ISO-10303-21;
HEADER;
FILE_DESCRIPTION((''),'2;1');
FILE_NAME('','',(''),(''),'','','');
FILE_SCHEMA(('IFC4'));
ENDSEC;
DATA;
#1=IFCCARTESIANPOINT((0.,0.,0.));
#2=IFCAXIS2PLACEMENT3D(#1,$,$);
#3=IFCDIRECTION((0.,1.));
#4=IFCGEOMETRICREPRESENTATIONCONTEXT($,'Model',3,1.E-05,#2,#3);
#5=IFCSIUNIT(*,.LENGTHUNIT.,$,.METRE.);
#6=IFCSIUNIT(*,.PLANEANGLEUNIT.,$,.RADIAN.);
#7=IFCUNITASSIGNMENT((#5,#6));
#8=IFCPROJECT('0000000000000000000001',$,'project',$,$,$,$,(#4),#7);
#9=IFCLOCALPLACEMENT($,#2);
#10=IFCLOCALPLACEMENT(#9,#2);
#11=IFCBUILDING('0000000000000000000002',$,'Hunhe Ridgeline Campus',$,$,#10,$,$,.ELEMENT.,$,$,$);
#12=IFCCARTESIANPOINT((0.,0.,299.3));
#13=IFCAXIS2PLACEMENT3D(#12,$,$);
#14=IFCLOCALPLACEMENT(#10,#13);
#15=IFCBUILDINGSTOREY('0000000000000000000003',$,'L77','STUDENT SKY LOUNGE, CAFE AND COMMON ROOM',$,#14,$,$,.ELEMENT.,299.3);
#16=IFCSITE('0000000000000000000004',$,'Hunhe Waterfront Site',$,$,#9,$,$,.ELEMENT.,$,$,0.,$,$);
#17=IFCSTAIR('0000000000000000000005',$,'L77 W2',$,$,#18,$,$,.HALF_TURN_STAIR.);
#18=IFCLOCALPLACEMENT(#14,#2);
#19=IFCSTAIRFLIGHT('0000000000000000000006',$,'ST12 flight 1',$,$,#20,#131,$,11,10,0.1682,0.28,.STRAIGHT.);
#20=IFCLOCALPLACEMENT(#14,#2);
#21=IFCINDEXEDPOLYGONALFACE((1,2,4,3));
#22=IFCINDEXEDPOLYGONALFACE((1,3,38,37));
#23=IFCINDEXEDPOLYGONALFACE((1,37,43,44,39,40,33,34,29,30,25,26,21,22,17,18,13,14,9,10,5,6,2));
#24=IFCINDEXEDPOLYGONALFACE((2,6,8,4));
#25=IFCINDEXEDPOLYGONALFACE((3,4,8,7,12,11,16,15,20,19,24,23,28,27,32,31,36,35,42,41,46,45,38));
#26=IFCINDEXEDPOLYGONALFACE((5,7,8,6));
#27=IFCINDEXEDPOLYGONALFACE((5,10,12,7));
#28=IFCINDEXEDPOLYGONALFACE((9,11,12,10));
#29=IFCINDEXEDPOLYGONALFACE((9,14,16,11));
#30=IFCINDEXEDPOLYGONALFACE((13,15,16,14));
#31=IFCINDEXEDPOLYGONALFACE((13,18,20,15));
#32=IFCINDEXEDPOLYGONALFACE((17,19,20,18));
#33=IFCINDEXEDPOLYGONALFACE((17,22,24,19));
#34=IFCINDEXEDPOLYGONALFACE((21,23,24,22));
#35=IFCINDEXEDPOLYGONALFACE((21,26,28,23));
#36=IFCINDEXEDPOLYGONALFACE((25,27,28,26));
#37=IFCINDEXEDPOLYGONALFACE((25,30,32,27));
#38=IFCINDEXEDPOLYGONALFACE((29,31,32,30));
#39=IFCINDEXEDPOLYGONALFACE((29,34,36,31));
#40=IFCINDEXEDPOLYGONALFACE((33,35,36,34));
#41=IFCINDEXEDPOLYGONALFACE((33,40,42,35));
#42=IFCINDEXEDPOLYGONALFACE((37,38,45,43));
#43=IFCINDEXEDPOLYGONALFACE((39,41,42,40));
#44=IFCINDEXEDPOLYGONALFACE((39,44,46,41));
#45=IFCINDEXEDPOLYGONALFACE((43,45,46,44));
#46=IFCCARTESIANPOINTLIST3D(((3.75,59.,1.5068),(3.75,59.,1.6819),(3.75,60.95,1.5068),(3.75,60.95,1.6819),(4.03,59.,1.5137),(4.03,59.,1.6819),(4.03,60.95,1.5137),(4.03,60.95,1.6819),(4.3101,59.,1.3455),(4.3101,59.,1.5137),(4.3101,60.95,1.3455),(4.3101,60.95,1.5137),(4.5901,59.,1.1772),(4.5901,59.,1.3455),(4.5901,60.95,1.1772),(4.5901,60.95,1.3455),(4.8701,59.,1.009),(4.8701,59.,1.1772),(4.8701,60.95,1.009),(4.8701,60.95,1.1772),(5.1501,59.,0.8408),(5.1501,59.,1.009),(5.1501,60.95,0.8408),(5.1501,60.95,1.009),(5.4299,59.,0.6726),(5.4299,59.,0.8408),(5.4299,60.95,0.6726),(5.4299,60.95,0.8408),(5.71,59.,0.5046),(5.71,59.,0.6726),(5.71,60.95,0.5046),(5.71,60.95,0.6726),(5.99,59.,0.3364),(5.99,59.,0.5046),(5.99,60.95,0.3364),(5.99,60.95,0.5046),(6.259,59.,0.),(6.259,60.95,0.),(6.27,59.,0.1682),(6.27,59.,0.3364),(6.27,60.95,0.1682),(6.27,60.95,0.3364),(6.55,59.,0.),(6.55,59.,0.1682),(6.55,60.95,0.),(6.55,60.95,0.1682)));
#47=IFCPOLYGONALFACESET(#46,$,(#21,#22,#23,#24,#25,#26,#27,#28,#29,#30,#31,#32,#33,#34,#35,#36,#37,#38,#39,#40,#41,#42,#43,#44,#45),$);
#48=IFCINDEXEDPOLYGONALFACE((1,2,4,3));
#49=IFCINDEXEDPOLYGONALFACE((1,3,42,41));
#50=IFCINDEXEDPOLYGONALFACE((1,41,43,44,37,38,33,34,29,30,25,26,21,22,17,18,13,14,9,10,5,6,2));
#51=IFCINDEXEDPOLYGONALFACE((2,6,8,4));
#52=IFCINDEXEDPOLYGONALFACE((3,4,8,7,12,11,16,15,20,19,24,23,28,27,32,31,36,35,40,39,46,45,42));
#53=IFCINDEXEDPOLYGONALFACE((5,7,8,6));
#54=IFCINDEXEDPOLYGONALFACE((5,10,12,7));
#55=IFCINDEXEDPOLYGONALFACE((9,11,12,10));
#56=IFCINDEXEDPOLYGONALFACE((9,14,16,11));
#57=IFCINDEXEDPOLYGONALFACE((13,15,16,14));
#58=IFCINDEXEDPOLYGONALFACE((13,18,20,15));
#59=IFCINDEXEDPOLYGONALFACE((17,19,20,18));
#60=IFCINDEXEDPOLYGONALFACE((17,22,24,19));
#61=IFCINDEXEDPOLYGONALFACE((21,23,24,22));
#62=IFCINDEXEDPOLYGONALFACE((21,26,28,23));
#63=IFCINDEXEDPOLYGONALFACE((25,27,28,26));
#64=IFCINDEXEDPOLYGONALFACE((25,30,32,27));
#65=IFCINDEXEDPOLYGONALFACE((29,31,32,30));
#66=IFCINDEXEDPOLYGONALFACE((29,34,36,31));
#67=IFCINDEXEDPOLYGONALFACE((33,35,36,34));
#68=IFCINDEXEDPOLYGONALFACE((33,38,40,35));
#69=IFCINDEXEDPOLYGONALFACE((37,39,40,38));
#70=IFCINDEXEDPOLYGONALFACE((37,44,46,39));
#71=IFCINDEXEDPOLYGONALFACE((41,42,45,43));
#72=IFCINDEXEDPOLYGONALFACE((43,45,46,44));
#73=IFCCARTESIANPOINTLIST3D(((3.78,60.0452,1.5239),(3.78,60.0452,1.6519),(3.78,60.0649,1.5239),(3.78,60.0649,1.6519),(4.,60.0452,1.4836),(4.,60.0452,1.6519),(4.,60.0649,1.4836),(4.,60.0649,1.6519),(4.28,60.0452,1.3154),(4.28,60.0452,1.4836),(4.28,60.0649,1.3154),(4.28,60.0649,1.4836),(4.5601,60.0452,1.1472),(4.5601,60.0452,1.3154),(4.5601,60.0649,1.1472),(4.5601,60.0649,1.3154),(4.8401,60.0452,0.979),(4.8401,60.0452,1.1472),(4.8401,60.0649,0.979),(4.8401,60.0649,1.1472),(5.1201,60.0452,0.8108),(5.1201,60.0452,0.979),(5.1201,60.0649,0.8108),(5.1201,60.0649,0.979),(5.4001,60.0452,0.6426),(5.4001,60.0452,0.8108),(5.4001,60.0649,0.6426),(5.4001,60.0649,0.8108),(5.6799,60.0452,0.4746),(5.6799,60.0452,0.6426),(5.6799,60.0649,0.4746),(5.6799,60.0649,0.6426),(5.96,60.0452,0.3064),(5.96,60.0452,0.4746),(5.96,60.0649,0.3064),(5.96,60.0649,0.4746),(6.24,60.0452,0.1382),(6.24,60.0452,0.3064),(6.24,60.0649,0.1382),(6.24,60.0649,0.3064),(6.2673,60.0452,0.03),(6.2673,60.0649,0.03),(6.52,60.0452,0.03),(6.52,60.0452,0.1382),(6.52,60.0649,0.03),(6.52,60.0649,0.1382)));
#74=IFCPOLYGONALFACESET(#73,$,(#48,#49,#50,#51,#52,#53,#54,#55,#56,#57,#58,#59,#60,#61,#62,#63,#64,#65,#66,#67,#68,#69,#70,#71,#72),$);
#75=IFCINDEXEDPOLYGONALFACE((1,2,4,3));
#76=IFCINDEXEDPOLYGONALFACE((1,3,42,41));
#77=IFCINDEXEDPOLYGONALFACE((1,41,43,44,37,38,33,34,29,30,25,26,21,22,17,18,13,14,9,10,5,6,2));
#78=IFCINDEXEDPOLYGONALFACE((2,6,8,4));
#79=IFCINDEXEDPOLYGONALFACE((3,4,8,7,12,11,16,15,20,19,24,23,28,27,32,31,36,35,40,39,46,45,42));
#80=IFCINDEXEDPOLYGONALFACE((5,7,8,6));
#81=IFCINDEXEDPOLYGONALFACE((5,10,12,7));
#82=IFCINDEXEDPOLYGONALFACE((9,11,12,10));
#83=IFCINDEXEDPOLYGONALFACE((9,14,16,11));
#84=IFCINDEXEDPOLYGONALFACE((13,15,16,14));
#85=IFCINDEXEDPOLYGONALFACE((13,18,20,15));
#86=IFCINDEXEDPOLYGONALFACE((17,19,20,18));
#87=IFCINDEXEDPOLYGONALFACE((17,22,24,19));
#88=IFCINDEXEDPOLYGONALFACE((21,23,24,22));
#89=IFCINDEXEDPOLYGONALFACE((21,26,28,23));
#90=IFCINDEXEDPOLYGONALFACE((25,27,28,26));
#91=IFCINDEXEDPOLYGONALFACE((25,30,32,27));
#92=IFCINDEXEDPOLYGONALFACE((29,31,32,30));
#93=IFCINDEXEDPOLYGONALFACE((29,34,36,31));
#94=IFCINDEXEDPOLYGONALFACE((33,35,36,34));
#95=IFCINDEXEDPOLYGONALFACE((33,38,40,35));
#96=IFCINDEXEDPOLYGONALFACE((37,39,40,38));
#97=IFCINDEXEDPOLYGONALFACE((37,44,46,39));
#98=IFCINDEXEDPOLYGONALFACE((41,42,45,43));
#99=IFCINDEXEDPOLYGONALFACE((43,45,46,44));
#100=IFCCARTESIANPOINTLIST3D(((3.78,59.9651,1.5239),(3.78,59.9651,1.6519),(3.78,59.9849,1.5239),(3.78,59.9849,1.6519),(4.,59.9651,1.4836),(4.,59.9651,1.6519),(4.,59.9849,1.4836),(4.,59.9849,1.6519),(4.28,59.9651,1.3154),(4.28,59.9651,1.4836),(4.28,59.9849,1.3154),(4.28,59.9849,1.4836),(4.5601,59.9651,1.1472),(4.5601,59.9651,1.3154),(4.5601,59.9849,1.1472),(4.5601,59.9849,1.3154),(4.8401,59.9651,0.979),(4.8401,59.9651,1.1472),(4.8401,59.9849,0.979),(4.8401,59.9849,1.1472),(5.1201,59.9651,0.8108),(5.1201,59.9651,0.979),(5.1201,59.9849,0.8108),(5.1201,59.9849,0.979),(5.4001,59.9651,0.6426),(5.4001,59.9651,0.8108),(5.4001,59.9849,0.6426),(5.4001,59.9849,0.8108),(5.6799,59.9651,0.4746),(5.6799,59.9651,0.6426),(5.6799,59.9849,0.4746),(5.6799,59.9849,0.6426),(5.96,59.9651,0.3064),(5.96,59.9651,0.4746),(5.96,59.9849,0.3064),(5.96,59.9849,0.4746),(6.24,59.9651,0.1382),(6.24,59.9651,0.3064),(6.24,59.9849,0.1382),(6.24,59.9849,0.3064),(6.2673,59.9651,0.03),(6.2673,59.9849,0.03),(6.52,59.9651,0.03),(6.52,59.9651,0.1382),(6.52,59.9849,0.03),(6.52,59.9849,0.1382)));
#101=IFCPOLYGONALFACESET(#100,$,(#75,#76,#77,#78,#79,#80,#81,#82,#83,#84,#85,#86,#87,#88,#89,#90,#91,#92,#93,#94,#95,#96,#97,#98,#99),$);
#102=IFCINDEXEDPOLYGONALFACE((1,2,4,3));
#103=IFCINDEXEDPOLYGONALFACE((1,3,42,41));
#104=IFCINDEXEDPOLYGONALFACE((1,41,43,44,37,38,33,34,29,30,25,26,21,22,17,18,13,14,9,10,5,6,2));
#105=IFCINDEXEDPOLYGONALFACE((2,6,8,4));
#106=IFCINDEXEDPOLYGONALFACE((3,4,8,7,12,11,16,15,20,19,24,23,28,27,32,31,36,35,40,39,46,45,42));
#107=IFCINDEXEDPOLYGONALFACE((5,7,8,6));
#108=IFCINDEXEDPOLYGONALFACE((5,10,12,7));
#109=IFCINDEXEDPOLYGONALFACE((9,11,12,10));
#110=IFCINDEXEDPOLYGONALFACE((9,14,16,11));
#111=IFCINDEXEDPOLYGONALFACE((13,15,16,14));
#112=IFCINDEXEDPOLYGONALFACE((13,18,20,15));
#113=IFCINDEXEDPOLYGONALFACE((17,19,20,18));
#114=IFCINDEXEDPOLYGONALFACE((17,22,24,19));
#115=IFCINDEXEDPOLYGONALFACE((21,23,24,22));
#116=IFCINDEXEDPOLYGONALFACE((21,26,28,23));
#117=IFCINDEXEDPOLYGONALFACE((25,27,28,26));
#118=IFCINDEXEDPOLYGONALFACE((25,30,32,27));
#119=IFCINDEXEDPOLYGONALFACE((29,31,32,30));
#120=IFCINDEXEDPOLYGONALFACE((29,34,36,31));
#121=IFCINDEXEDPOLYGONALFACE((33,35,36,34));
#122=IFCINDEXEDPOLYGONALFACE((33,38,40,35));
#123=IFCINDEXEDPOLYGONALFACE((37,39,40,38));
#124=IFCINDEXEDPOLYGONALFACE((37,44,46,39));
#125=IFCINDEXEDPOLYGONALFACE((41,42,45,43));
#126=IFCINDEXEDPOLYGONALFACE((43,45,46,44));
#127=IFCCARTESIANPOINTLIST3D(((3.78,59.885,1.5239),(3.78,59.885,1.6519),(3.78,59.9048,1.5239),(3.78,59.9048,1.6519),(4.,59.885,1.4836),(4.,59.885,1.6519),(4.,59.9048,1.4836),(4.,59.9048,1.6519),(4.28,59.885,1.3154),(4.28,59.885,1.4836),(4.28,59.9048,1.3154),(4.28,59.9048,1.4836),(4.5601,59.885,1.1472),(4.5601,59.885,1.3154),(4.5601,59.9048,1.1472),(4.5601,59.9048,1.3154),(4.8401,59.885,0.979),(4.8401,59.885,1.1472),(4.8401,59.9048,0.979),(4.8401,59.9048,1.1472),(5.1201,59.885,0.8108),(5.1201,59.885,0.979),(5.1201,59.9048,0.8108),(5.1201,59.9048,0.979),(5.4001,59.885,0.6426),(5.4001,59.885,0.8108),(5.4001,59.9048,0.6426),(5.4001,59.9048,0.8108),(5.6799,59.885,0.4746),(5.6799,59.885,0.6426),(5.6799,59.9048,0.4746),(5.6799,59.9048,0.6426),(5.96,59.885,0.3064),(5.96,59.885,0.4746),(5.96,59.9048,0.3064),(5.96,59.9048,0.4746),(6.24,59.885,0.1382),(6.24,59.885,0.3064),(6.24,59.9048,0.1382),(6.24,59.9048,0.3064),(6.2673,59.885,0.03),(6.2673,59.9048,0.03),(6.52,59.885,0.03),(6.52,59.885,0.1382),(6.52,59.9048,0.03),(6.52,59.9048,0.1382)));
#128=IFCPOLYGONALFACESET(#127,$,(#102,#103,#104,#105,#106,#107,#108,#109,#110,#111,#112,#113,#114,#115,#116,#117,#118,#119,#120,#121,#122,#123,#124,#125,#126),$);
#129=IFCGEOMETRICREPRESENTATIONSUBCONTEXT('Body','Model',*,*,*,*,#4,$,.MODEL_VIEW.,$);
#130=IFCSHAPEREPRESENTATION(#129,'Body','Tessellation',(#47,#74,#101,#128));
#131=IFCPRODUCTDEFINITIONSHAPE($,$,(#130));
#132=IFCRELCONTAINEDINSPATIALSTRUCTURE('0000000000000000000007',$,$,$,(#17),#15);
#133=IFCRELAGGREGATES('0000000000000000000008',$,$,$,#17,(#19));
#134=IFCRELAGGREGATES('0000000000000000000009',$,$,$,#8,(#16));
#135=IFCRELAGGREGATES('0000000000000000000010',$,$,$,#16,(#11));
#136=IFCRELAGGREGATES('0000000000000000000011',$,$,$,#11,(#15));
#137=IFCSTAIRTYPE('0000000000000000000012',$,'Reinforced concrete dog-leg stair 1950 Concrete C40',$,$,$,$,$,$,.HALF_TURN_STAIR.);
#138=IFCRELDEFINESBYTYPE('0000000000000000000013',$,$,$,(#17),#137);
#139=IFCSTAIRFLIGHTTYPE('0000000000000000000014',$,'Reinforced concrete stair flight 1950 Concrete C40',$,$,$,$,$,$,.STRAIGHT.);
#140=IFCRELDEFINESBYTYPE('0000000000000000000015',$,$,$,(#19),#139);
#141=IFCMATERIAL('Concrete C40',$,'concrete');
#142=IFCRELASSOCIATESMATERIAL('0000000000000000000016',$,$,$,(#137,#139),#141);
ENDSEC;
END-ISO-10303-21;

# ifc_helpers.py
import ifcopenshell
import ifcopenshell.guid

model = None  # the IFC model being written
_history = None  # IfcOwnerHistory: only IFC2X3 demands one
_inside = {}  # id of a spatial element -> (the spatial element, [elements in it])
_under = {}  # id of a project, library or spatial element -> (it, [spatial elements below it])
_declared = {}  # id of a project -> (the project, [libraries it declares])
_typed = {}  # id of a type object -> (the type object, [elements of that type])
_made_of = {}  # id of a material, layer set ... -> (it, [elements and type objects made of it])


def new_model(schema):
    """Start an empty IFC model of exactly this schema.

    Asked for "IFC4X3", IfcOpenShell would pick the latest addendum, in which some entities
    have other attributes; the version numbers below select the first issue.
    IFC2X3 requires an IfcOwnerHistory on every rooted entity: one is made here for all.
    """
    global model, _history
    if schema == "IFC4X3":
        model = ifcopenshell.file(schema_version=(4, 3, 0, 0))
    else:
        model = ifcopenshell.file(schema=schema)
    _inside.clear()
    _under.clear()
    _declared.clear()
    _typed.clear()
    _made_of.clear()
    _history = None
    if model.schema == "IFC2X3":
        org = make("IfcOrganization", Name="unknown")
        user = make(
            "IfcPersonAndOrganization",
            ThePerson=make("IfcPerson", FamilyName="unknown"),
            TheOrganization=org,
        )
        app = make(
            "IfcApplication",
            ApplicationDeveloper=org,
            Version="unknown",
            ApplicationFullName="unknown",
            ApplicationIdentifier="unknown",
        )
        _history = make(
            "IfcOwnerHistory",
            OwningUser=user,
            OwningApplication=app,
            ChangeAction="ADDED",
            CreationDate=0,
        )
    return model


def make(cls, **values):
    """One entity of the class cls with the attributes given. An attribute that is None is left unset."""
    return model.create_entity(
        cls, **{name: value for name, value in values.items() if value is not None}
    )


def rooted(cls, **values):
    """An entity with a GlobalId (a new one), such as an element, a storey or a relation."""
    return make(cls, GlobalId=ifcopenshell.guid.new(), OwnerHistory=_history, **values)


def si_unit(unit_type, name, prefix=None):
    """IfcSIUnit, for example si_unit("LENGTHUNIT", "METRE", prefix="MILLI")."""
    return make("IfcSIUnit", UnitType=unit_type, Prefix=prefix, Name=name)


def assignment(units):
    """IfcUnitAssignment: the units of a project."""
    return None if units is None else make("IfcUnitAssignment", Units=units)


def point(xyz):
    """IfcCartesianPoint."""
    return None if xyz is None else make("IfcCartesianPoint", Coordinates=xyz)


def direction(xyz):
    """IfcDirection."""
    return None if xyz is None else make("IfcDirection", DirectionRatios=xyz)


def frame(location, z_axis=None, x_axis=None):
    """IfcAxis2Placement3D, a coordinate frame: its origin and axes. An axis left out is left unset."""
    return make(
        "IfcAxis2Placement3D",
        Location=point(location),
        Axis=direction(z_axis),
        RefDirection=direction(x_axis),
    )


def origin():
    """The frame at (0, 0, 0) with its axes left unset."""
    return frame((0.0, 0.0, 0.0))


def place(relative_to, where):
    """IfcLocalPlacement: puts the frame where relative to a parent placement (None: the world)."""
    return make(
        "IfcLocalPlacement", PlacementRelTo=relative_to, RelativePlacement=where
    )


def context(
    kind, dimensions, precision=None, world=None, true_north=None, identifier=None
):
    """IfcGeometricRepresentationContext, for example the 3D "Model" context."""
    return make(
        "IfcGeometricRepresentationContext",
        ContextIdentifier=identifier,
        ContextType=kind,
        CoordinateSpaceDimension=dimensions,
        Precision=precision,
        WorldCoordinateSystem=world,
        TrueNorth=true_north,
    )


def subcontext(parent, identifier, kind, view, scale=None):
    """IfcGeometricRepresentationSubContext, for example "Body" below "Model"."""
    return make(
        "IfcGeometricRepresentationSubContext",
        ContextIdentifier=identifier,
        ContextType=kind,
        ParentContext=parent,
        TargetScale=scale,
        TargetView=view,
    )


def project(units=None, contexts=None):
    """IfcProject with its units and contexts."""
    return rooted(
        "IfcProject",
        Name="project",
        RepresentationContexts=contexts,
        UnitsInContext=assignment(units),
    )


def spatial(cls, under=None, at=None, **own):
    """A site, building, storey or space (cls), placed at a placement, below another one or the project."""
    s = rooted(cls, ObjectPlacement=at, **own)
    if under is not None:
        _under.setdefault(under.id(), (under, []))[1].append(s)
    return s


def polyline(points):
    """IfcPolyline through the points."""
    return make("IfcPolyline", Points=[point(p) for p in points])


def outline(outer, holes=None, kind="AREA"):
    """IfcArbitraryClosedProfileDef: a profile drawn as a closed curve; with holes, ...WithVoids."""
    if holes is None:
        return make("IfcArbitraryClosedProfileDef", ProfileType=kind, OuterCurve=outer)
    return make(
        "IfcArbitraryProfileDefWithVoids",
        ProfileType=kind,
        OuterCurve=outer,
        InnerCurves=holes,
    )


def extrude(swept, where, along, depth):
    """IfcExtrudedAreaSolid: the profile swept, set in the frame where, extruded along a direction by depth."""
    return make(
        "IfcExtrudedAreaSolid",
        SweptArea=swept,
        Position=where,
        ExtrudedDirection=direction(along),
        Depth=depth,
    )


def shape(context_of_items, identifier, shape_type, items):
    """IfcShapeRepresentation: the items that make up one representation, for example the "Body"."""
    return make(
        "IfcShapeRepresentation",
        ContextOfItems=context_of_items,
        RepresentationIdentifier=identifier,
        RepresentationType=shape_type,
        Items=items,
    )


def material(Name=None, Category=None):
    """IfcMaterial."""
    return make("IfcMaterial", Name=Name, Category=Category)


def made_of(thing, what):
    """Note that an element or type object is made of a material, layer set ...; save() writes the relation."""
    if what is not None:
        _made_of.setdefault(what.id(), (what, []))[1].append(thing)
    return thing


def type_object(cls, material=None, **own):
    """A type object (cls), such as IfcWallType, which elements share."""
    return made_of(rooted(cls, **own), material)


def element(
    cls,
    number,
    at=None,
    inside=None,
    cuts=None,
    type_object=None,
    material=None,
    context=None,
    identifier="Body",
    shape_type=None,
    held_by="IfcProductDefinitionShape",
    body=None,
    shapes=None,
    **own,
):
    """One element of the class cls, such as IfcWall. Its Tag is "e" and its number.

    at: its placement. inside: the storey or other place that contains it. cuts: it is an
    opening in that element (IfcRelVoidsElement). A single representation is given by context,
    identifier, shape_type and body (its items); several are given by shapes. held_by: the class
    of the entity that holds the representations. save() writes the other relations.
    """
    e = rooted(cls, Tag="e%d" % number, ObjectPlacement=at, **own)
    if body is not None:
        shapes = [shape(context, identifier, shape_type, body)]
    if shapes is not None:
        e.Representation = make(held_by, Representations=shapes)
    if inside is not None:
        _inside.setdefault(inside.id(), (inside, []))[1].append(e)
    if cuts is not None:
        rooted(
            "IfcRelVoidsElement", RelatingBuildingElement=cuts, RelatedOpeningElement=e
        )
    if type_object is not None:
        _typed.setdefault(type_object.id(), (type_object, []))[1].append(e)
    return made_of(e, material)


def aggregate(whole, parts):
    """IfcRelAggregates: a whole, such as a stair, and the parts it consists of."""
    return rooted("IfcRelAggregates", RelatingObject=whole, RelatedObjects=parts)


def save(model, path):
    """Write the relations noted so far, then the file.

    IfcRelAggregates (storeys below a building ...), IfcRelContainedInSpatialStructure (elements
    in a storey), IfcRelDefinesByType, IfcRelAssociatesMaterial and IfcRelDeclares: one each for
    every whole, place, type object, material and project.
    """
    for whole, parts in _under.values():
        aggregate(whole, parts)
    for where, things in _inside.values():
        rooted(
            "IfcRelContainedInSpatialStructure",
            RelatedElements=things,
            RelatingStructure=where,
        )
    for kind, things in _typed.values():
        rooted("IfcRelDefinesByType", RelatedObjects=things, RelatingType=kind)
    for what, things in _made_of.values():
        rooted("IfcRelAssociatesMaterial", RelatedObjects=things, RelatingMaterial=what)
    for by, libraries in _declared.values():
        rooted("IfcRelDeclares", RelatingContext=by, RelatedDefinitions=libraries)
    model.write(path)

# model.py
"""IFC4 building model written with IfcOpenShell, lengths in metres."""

from ifc_helpers import new_model, si_unit, direction, frame, origin, place, context, subcontext, project, spatial, polyline, outline, extrude, material, type_object, element, aggregate, save


model = new_model("IFC4")

# Units and contexts
model_context = context("Model", 3, precision=1e-05, world=origin(), true_north=direction((0.0, 1.0)))
body_context = subcontext(model_context, "Body", "Model", "MODEL_VIEW")
ifc_project = project(units=[si_unit("LENGTHUNIT", "METRE"), si_unit("PLANEANGLEUNIT", "RADIAN")], contexts=[model_context])

# Site, building, storey
site_placement = place(None, origin())
site = spatial("IfcSite", under=ifc_project, at=site_placement, Name="Hunhe Waterfront Site", CompositionType="ELEMENT", RefElevation=0.0)
building_placement = place(site_placement, origin())
building = spatial("IfcBuilding", under=site, at=building_placement, Name="Hunhe Ridgeline Campus", CompositionType="ELEMENT")
storey_placement = place(building_placement, frame((0.0, 0.0, 299.3)))
storey = spatial("IfcBuildingStorey", under=building, at=storey_placement, Name="L77", Description="STUDENT SKY LOUNGE, CAFE AND COMMON ROOM", CompositionType="ELEMENT", Elevation=299.3)

# Shared definitions
ifc_material_1 = material(Name="Concrete C40", Category="concrete")
stair_type = type_object("IfcStairType", Name="Reinforced concrete dog-leg stair 1950 Concrete C40", PredefinedType="HALF_TURN_STAIR", material=ifc_material_1)
stair_flight_type = type_object("IfcStairFlightType", Name="Reinforced concrete stair flight 1950 Concrete C40", PredefinedType="STRAIGHT", material=ifc_material_1)

# Stair, stair flight
stair_1_placement = place(storey_placement, origin())
stair_1 = element("IfcStair", 1, at=stair_1_placement, inside=storey, type_object=stair_type, Name="L77 W2", PredefinedType="HALF_TURN_STAIR")
stair_flight_1_placement = place(storey_placement, frame((6.55, 59.9751, 0.0), z_axis=(0.0, 0.0, 1.0), x_axis=(-1.0, 0.0, 0.0)))
stair_flight_1 = element("IfcStairFlight", 2, at=stair_flight_1_placement, type_object=stair_flight_type, Name="ST12 flight 1", NumberOfRisers=11, NumberOfTreads=10, PredefinedType="STRAIGHT", RiserHeight=0.1682, TreadLength=0.28, context=body_context, shape_type="SweptSolid", body=[
    extrude(outline(polyline([(0.0, 0.0), (0.0, 0.1682), (0.28, 0.1682), (0.28, 0.3364), (0.5601, 0.3364), (0.5601, 0.5046), (0.8401, 0.5046), (0.8401, 0.6726), (1.1201, 0.6726), (1.1201, 0.8408), (1.3999, 0.8408), (1.3999, 1.009), (1.6799, 1.009), (1.6799, 1.1772), (1.96, 1.1772), (1.96, 1.3455), (2.24, 1.3455), (2.24, 1.5137), (2.52, 1.5137), (2.52, 1.6819), (2.8, 1.6819), (2.8, 1.8501), (2.8, 1.5068), (0.291, 0.0), (0.0, 0.0)])), frame((0.0, 0.9751, 0.0), z_axis=(0.0, -1.0, 0.0), x_axis=(1.0, 0.0, 0.0)), (0.0, 0.0, 1.0), 1.95),
    extrude(outline(polyline([(0.03, 0.03), (0.03, 0.1382), (0.3101, 0.1382), (0.3101, 0.3064), (0.5901, 0.3064), (0.5901, 0.4746), (0.8701, 0.4746), (0.8701, 0.6426), (1.1499, 0.6426), (1.1499, 0.8108), (1.4299, 0.8108), (1.4299, 0.979), (1.71, 0.979), (1.71, 1.1472), (1.99, 1.1472), (1.99, 1.3154), (2.27, 1.3154), (2.27, 1.4836), (2.55, 1.4836), (2.55, 1.6519), (2.77, 1.6519), (2.77, 1.5239), (0.2827, 0.03), (0.03, 0.03)])), frame((0.0, -0.0701, 0.0), z_axis=(0.0, -1.0, 0.0), x_axis=(1.0, 0.0, 0.0)), (0.0, 0.0, 1.0), 0.0198),
    extrude(outline(polyline([(0.03, 0.03), (0.03, 0.1382), (0.3101, 0.1382), (0.3101, 0.3064), (0.5901, 0.3064), (0.5901, 0.4746), (0.8701, 0.4746), (0.8701, 0.6426), (1.1499, 0.6426), (1.1499, 0.8108), (1.4299, 0.8108), (1.4299, 0.979), (1.71, 0.979), (1.71, 1.1472), (1.99, 1.1472), (1.99, 1.3154), (2.27, 1.3154), (2.27, 1.4836), (2.55, 1.4836), (2.55, 1.6519), (2.77, 1.6519), (2.77, 1.5239), (0.2827, 0.03), (0.03, 0.03)])), frame((0.0, 0.01, 0.0), z_axis=(0.0, -1.0, 0.0), x_axis=(1.0, 0.0, 0.0)), (0.0, 0.0, 1.0), 0.0198),
    extrude(outline(polyline([(0.03, 0.03), (0.03, 0.1382), (0.3101, 0.1382), (0.3101, 0.3064), (0.5901, 0.3064), (0.5901, 0.4746), (0.8701, 0.4746), (0.8701, 0.6426), (1.1499, 0.6426), (1.1499, 0.8108), (1.4299, 0.8108), (1.4299, 0.979), (1.71, 0.979), (1.71, 1.1472), (1.99, 1.1472), (1.99, 1.3154), (2.27, 1.3154), (2.27, 1.4836), (2.55, 1.4836), (2.55, 1.6519), (2.77, 1.6519), (2.77, 1.5239), (0.2827, 0.03), (0.03, 0.03)])), frame((0.0, 0.0901, 0.0), z_axis=(0.0, -1.0, 0.0), x_axis=(1.0, 0.0, 0.0)), (0.0, 0.0, 1.0), 0.0198),
])
aggregate(stair_1, [stair_flight_1])

save(model, "model.ifc")
